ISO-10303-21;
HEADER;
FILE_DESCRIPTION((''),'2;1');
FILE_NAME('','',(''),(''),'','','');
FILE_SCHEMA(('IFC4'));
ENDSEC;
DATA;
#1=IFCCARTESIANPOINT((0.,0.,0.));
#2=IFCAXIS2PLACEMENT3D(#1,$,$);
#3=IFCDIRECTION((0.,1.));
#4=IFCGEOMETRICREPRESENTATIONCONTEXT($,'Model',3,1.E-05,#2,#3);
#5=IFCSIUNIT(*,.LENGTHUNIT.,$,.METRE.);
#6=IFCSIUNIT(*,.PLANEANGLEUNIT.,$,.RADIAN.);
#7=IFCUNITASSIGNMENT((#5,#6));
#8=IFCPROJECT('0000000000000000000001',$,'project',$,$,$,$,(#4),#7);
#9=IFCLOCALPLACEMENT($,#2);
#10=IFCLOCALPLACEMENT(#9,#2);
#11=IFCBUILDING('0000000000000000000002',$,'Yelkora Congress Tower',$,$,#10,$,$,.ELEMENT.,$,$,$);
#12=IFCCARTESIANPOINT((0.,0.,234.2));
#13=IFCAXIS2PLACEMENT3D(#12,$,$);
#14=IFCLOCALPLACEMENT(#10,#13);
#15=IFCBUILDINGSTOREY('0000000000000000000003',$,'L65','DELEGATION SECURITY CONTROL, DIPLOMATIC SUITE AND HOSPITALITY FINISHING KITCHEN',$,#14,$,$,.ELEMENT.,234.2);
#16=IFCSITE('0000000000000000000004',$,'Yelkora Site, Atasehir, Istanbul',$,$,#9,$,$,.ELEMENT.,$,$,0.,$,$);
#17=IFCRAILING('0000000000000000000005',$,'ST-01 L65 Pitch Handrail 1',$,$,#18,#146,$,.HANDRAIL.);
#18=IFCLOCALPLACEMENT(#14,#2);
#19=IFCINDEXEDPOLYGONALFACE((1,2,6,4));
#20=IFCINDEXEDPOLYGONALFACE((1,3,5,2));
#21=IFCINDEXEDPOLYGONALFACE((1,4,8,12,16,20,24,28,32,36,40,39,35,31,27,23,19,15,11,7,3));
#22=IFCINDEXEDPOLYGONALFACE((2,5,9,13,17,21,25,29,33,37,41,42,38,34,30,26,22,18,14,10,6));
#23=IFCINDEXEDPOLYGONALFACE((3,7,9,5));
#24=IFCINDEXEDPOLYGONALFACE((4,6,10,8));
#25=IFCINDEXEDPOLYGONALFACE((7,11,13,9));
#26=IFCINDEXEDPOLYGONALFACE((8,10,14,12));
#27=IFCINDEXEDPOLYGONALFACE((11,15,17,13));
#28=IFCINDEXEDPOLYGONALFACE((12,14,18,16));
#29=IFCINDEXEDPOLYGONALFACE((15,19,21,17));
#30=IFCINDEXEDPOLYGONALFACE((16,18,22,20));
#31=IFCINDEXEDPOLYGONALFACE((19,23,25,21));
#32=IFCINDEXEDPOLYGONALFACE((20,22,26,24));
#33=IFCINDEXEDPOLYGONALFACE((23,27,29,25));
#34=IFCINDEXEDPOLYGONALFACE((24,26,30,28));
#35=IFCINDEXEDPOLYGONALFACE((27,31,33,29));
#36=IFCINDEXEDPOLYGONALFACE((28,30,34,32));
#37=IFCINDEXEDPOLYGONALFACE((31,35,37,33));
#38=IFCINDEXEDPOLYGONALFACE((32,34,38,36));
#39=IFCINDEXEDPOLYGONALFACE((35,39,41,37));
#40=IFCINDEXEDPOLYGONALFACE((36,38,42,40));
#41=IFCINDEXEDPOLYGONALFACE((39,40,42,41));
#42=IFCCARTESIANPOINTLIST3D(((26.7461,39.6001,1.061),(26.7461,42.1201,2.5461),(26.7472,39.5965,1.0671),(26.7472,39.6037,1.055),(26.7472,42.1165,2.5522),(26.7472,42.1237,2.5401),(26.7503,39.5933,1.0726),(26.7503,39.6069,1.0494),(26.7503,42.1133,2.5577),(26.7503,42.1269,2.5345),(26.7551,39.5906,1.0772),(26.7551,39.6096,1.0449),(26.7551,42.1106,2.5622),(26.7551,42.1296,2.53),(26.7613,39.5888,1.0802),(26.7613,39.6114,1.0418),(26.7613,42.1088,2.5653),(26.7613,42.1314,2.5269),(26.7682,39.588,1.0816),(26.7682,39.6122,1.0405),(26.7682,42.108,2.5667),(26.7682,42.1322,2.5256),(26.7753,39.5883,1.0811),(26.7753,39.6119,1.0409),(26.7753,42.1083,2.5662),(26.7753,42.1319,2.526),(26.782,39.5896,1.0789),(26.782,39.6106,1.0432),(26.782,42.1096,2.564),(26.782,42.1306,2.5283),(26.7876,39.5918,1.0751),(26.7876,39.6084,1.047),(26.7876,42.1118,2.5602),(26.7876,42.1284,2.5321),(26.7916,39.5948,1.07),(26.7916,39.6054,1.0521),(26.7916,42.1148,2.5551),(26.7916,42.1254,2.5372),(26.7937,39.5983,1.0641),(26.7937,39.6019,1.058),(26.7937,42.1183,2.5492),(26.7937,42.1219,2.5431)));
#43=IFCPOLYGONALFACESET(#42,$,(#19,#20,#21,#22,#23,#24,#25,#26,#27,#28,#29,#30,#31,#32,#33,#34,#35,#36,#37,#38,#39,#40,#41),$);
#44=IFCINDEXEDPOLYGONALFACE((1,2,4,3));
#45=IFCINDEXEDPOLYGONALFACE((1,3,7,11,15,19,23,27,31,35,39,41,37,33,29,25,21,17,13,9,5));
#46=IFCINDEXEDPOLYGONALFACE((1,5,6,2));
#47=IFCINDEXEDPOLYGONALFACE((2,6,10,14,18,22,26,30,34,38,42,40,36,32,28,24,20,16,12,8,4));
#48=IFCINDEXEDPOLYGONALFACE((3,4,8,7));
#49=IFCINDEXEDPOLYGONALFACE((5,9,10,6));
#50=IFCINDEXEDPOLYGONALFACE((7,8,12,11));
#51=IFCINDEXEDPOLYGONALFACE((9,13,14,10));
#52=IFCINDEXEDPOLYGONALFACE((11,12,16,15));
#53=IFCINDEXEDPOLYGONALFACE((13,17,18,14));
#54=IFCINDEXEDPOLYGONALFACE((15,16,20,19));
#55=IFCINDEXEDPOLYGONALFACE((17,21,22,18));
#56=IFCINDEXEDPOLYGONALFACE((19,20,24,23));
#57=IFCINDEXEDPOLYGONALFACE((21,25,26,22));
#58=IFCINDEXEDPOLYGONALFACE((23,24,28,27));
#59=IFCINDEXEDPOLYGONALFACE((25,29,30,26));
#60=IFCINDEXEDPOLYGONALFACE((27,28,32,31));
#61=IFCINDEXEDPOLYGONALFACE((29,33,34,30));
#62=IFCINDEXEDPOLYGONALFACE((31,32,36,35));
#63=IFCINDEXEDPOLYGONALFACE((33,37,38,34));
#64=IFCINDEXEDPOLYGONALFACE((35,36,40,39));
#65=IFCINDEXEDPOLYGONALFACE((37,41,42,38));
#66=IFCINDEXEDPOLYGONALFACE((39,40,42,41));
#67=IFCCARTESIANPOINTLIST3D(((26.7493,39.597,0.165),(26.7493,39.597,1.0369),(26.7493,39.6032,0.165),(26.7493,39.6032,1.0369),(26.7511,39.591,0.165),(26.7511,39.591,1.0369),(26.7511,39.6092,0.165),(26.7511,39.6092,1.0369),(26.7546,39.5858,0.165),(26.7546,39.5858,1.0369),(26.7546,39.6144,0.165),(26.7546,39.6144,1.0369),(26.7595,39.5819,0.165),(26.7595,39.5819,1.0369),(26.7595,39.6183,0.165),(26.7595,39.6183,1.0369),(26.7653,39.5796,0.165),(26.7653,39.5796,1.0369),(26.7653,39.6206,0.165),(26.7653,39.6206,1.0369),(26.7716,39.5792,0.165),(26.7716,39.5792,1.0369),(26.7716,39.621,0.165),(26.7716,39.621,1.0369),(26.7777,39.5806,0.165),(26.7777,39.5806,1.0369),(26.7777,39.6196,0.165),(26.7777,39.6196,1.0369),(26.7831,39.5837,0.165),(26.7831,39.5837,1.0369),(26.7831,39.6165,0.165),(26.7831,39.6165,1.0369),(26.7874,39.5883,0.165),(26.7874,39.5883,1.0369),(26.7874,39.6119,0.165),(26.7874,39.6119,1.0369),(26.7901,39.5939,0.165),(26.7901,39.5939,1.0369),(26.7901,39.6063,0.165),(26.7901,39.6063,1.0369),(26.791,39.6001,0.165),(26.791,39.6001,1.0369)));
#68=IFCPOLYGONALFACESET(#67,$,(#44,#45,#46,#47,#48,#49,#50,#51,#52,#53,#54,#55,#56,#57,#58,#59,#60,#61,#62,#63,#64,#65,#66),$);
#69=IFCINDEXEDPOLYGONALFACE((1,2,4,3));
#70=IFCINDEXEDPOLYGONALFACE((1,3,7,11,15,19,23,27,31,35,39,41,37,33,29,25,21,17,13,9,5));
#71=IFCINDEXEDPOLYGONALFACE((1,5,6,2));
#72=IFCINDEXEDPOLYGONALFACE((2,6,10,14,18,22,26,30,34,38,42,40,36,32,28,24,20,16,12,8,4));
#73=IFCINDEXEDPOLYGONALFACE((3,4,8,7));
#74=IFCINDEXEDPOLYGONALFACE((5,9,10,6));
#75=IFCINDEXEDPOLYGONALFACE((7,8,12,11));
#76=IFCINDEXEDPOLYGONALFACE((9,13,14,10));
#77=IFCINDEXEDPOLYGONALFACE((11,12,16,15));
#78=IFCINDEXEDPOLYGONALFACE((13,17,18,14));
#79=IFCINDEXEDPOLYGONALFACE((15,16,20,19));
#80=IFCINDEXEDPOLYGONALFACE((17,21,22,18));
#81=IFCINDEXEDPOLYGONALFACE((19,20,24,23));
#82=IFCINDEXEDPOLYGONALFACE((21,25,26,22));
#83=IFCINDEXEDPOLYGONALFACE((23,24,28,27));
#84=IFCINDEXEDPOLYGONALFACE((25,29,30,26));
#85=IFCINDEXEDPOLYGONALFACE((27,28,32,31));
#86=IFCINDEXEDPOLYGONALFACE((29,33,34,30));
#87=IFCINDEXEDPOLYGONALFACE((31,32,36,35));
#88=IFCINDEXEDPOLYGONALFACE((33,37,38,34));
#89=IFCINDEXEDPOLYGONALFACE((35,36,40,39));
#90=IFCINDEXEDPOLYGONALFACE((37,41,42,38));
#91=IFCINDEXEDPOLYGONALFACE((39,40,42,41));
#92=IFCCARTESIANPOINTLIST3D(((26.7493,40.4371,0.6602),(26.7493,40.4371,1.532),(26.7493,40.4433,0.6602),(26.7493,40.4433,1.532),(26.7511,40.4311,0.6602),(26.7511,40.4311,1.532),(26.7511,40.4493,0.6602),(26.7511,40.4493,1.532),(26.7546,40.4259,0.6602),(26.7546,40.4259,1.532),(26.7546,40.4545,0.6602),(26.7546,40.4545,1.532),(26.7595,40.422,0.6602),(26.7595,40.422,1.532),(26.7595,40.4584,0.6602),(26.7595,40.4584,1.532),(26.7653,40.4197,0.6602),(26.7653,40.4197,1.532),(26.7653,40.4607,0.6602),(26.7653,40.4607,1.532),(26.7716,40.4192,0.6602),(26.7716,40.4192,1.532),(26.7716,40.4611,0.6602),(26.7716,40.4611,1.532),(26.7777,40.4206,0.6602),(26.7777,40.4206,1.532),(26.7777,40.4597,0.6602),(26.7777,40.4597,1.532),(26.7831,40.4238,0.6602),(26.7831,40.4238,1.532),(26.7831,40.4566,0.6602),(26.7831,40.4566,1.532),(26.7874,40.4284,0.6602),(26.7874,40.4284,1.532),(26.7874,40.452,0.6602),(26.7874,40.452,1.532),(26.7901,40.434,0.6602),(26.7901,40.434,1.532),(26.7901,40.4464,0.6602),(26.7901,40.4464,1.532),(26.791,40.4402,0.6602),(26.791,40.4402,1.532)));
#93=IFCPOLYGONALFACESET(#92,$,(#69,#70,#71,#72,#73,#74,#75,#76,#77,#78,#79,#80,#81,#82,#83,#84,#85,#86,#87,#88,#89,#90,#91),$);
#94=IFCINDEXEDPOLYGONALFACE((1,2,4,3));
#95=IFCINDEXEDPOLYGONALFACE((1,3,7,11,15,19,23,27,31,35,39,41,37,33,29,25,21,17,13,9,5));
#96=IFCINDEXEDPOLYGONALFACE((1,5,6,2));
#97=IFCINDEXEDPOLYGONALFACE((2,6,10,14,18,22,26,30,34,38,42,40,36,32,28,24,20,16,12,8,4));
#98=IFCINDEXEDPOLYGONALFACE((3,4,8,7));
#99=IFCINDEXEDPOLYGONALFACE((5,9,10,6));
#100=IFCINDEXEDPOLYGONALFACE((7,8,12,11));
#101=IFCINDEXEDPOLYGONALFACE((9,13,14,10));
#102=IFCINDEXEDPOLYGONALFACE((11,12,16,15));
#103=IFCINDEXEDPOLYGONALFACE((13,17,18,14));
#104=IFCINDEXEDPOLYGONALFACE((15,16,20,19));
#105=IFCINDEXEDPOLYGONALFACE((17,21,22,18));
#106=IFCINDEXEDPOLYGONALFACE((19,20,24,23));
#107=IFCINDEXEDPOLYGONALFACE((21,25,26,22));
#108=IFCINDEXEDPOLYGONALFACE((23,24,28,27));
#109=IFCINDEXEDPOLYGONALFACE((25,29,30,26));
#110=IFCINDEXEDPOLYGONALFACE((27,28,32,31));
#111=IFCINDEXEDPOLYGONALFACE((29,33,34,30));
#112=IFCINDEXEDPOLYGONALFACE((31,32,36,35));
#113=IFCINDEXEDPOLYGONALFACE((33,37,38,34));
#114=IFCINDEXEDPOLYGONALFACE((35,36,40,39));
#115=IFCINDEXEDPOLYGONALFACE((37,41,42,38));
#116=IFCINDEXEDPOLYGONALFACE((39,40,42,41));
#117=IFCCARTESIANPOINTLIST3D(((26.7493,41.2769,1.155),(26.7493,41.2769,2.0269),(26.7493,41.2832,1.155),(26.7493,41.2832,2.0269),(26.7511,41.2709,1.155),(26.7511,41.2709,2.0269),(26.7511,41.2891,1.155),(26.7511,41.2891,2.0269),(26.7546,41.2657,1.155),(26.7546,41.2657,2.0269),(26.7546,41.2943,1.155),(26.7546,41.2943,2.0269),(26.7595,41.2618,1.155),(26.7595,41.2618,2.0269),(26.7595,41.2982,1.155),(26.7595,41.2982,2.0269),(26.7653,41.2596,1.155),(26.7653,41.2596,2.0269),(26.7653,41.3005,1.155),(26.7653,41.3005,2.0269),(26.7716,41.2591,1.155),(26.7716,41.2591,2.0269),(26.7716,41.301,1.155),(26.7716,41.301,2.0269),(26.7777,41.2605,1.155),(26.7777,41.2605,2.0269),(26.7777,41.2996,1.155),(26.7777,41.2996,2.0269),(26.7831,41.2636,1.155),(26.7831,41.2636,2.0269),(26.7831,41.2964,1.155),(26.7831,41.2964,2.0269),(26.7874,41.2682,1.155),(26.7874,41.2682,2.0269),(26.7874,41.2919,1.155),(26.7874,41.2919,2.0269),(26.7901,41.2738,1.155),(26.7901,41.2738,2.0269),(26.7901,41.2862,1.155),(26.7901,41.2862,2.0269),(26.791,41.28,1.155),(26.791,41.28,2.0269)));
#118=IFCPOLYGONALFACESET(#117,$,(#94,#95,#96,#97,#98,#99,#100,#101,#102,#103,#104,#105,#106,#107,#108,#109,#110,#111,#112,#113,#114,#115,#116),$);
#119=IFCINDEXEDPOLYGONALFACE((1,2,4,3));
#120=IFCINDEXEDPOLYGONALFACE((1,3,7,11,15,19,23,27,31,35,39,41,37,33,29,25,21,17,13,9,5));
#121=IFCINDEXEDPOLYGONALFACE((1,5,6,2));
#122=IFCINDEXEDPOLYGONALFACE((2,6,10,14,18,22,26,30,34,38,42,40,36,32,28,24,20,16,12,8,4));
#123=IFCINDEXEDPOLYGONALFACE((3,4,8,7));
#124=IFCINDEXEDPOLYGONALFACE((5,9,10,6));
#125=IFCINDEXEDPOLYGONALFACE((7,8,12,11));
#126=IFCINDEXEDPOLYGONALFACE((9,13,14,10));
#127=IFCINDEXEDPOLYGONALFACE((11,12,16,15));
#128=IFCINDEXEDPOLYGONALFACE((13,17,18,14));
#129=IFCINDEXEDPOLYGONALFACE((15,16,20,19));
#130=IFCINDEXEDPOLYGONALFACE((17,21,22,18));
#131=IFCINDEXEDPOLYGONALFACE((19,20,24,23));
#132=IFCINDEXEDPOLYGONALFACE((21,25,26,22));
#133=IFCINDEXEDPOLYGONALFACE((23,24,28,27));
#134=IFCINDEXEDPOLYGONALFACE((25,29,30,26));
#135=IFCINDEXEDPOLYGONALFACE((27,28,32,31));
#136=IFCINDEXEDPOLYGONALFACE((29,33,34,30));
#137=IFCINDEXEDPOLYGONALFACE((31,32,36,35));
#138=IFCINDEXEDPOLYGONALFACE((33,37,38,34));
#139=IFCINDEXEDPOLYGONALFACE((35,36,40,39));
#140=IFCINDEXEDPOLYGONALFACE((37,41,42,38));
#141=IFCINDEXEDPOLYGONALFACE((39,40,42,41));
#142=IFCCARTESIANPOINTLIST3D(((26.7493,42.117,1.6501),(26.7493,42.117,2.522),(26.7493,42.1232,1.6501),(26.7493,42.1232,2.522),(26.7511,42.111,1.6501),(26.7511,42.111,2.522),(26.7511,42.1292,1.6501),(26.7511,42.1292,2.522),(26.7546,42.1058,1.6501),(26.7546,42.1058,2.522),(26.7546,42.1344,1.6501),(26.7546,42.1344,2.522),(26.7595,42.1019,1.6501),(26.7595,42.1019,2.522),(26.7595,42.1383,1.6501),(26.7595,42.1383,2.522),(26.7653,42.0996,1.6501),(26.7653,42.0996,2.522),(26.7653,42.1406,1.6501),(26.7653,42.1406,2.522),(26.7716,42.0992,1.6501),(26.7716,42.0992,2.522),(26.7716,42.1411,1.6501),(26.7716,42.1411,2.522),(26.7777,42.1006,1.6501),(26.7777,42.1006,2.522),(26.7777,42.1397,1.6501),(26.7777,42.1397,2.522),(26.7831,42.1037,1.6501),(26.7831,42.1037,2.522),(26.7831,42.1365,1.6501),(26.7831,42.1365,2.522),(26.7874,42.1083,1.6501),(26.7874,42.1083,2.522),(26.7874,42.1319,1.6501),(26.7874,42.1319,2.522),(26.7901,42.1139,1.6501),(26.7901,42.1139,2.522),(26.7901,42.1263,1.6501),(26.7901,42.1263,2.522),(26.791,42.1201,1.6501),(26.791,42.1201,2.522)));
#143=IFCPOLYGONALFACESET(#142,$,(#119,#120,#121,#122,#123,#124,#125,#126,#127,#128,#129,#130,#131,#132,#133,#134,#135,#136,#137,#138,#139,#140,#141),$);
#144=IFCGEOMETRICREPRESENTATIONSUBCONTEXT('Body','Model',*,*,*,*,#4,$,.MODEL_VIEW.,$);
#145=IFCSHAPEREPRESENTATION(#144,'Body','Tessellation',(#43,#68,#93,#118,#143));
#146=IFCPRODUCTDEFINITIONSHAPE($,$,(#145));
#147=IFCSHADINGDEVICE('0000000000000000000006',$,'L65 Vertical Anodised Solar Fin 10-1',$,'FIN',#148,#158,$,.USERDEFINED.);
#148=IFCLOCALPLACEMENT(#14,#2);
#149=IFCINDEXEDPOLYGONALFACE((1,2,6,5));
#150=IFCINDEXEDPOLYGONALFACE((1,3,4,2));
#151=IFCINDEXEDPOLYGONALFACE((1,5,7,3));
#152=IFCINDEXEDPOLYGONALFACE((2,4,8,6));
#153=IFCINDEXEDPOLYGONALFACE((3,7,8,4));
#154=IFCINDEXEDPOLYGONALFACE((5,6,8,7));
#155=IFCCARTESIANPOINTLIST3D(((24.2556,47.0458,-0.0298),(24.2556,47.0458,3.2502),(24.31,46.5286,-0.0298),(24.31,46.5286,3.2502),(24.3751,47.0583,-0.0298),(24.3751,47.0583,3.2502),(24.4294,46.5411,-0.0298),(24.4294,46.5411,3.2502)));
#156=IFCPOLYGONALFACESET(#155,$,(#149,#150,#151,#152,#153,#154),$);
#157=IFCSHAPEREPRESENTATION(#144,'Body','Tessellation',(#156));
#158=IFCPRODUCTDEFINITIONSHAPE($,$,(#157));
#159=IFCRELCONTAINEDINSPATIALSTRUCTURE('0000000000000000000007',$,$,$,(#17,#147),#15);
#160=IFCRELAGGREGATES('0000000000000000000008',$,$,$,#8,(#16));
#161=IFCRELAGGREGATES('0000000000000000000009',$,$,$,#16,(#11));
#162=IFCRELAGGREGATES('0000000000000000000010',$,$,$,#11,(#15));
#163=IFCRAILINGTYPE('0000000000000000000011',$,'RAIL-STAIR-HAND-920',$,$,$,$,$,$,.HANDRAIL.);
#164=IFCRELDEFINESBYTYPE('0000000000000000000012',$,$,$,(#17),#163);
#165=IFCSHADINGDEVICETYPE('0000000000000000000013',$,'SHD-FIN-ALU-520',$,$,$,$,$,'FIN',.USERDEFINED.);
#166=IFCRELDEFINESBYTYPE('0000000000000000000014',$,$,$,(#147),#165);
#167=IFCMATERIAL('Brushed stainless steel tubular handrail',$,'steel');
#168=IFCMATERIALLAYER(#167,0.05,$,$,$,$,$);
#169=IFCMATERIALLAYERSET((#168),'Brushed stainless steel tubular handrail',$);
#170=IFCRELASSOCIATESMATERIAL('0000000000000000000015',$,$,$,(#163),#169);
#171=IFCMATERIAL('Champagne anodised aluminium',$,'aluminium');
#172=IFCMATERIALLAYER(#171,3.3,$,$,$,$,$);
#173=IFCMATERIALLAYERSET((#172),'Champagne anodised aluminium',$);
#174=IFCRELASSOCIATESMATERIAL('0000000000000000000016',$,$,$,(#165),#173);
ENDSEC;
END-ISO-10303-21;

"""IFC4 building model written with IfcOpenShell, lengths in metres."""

from ifc_helpers import new_model, si_unit, direction, frame, origin, origin_2d, place, context, subcontext, project, spatial, rectangle, circle, extrude, material, layer, layer_set, type_object, element, save


model = new_model("IFC4")

# Units and contexts
model_context = context("Model", 3, precision=1e-05, world=origin(), true_north=direction((0.0, 1.0)))
body_context = subcontext(model_context, "Body", "Model", "MODEL_VIEW")
ifc_project = project(units=[si_unit("LENGTHUNIT", "METRE"), si_unit("PLANEANGLEUNIT", "RADIAN")], contexts=[model_context])

# Site, building, storey
site_placement = place(None, origin())
site = spatial("IfcSite", under=ifc_project, at=site_placement, Name="Yelkora Site, Atasehir, Istanbul", CompositionType="ELEMENT", RefElevation=0.0)
building_placement = place(site_placement, origin())
building = spatial("IfcBuilding", under=site, at=building_placement, Name="Yelkora Congress Tower", CompositionType="ELEMENT")
storey_placement = place(building_placement, frame((0.0, 0.0, 234.2)))
storey = spatial("IfcBuildingStorey", under=building, at=storey_placement, Name="L65", Description="DELEGATION SECURITY CONTROL, DIPLOMATIC SUITE AND HOSPITALITY FINISHING KITCHEN", CompositionType="ELEMENT", Elevation=234.2)

# Railing
ifc_material_1 = material(Name="Brushed stainless steel tubular handrail", Category="steel")
ifc_layer_1 = layer(ifc_material_1, 0.05)
ifc_layer_set_1 = layer_set([ifc_layer_1], Name="Brushed stainless steel tubular handrail")
railing_type_1 = type_object("IfcRailingType", Name="RAIL-STAIR-HAND-920", PredefinedType="HANDRAIL", material=ifc_layer_set_1)
railing_1_placement = place(storey_placement, frame((26.77, 39.6001, 0.165)))
element("IfcRailing", 1, at=railing_1_placement, inside=storey, type_object=railing_type_1, Name="ST-01 L65 Pitch Handrail 1", PredefinedType="HANDRAIL", context=body_context, shape_type="SweptSolid", body=[
    extrude(circle(Radius=0.0239, at=origin_2d()), frame((0.0, 0.0, 0.896), z_axis=(0.0, 0.861524, 0.507717), x_axis=(-1.0, 0.0, 0.0)), (0.0, 0.0, 1.0), 2.925),
    extrude(circle(Radius=0.021, at=origin_2d()), origin(), (0.0, 0.0, 1.0), 0.8718),
    extrude(circle(Radius=0.021, at=origin_2d()), frame((0.0, 0.8401, 0.4951)), (0.0, 0.0, 1.0), 0.8718),
    extrude(circle(Radius=0.021, at=origin_2d()), frame((0.0, 1.6799, 0.99)), (0.0, 0.0, 1.0), 0.8718),
    extrude(circle(Radius=0.021, at=origin_2d()), frame((0.0, 2.52, 1.4851)), (0.0, 0.0, 1.0), 0.8718),
])

# Shading device
ifc_material_2 = material(Name="Champagne anodised aluminium", Category="aluminium")
ifc_layer_2 = layer(ifc_material_2, 3.3)
ifc_layer_set_2 = layer_set([ifc_layer_2], Name="Champagne anodised aluminium")
shading_device_type = type_object("IfcShadingDeviceType", Name="SHD-FIN-ALU-520", ElementType="FIN", PredefinedType="USERDEFINED", material=ifc_layer_set_2)
shading_device_placement = place(storey_placement, frame((24.3425, 46.7935, -0.0298), z_axis=(0.0, 0.0, 1.0), x_axis=(0.994522, 0.104528, 0.0)))
element("IfcShadingDevice", 2, at=shading_device_placement, inside=storey, type_object=shading_device_type, Name="L65 Vertical Anodised Solar Fin 10-1", ObjectType="FIN", PredefinedType="USERDEFINED", context=body_context, shape_type="SweptSolid", body=[
    extrude(rectangle(XDim=0.1201, YDim=0.52, at=origin_2d()), origin(), (0.0, 0.0, 1.0), 3.28),
])

save(model, "model.ifc")
